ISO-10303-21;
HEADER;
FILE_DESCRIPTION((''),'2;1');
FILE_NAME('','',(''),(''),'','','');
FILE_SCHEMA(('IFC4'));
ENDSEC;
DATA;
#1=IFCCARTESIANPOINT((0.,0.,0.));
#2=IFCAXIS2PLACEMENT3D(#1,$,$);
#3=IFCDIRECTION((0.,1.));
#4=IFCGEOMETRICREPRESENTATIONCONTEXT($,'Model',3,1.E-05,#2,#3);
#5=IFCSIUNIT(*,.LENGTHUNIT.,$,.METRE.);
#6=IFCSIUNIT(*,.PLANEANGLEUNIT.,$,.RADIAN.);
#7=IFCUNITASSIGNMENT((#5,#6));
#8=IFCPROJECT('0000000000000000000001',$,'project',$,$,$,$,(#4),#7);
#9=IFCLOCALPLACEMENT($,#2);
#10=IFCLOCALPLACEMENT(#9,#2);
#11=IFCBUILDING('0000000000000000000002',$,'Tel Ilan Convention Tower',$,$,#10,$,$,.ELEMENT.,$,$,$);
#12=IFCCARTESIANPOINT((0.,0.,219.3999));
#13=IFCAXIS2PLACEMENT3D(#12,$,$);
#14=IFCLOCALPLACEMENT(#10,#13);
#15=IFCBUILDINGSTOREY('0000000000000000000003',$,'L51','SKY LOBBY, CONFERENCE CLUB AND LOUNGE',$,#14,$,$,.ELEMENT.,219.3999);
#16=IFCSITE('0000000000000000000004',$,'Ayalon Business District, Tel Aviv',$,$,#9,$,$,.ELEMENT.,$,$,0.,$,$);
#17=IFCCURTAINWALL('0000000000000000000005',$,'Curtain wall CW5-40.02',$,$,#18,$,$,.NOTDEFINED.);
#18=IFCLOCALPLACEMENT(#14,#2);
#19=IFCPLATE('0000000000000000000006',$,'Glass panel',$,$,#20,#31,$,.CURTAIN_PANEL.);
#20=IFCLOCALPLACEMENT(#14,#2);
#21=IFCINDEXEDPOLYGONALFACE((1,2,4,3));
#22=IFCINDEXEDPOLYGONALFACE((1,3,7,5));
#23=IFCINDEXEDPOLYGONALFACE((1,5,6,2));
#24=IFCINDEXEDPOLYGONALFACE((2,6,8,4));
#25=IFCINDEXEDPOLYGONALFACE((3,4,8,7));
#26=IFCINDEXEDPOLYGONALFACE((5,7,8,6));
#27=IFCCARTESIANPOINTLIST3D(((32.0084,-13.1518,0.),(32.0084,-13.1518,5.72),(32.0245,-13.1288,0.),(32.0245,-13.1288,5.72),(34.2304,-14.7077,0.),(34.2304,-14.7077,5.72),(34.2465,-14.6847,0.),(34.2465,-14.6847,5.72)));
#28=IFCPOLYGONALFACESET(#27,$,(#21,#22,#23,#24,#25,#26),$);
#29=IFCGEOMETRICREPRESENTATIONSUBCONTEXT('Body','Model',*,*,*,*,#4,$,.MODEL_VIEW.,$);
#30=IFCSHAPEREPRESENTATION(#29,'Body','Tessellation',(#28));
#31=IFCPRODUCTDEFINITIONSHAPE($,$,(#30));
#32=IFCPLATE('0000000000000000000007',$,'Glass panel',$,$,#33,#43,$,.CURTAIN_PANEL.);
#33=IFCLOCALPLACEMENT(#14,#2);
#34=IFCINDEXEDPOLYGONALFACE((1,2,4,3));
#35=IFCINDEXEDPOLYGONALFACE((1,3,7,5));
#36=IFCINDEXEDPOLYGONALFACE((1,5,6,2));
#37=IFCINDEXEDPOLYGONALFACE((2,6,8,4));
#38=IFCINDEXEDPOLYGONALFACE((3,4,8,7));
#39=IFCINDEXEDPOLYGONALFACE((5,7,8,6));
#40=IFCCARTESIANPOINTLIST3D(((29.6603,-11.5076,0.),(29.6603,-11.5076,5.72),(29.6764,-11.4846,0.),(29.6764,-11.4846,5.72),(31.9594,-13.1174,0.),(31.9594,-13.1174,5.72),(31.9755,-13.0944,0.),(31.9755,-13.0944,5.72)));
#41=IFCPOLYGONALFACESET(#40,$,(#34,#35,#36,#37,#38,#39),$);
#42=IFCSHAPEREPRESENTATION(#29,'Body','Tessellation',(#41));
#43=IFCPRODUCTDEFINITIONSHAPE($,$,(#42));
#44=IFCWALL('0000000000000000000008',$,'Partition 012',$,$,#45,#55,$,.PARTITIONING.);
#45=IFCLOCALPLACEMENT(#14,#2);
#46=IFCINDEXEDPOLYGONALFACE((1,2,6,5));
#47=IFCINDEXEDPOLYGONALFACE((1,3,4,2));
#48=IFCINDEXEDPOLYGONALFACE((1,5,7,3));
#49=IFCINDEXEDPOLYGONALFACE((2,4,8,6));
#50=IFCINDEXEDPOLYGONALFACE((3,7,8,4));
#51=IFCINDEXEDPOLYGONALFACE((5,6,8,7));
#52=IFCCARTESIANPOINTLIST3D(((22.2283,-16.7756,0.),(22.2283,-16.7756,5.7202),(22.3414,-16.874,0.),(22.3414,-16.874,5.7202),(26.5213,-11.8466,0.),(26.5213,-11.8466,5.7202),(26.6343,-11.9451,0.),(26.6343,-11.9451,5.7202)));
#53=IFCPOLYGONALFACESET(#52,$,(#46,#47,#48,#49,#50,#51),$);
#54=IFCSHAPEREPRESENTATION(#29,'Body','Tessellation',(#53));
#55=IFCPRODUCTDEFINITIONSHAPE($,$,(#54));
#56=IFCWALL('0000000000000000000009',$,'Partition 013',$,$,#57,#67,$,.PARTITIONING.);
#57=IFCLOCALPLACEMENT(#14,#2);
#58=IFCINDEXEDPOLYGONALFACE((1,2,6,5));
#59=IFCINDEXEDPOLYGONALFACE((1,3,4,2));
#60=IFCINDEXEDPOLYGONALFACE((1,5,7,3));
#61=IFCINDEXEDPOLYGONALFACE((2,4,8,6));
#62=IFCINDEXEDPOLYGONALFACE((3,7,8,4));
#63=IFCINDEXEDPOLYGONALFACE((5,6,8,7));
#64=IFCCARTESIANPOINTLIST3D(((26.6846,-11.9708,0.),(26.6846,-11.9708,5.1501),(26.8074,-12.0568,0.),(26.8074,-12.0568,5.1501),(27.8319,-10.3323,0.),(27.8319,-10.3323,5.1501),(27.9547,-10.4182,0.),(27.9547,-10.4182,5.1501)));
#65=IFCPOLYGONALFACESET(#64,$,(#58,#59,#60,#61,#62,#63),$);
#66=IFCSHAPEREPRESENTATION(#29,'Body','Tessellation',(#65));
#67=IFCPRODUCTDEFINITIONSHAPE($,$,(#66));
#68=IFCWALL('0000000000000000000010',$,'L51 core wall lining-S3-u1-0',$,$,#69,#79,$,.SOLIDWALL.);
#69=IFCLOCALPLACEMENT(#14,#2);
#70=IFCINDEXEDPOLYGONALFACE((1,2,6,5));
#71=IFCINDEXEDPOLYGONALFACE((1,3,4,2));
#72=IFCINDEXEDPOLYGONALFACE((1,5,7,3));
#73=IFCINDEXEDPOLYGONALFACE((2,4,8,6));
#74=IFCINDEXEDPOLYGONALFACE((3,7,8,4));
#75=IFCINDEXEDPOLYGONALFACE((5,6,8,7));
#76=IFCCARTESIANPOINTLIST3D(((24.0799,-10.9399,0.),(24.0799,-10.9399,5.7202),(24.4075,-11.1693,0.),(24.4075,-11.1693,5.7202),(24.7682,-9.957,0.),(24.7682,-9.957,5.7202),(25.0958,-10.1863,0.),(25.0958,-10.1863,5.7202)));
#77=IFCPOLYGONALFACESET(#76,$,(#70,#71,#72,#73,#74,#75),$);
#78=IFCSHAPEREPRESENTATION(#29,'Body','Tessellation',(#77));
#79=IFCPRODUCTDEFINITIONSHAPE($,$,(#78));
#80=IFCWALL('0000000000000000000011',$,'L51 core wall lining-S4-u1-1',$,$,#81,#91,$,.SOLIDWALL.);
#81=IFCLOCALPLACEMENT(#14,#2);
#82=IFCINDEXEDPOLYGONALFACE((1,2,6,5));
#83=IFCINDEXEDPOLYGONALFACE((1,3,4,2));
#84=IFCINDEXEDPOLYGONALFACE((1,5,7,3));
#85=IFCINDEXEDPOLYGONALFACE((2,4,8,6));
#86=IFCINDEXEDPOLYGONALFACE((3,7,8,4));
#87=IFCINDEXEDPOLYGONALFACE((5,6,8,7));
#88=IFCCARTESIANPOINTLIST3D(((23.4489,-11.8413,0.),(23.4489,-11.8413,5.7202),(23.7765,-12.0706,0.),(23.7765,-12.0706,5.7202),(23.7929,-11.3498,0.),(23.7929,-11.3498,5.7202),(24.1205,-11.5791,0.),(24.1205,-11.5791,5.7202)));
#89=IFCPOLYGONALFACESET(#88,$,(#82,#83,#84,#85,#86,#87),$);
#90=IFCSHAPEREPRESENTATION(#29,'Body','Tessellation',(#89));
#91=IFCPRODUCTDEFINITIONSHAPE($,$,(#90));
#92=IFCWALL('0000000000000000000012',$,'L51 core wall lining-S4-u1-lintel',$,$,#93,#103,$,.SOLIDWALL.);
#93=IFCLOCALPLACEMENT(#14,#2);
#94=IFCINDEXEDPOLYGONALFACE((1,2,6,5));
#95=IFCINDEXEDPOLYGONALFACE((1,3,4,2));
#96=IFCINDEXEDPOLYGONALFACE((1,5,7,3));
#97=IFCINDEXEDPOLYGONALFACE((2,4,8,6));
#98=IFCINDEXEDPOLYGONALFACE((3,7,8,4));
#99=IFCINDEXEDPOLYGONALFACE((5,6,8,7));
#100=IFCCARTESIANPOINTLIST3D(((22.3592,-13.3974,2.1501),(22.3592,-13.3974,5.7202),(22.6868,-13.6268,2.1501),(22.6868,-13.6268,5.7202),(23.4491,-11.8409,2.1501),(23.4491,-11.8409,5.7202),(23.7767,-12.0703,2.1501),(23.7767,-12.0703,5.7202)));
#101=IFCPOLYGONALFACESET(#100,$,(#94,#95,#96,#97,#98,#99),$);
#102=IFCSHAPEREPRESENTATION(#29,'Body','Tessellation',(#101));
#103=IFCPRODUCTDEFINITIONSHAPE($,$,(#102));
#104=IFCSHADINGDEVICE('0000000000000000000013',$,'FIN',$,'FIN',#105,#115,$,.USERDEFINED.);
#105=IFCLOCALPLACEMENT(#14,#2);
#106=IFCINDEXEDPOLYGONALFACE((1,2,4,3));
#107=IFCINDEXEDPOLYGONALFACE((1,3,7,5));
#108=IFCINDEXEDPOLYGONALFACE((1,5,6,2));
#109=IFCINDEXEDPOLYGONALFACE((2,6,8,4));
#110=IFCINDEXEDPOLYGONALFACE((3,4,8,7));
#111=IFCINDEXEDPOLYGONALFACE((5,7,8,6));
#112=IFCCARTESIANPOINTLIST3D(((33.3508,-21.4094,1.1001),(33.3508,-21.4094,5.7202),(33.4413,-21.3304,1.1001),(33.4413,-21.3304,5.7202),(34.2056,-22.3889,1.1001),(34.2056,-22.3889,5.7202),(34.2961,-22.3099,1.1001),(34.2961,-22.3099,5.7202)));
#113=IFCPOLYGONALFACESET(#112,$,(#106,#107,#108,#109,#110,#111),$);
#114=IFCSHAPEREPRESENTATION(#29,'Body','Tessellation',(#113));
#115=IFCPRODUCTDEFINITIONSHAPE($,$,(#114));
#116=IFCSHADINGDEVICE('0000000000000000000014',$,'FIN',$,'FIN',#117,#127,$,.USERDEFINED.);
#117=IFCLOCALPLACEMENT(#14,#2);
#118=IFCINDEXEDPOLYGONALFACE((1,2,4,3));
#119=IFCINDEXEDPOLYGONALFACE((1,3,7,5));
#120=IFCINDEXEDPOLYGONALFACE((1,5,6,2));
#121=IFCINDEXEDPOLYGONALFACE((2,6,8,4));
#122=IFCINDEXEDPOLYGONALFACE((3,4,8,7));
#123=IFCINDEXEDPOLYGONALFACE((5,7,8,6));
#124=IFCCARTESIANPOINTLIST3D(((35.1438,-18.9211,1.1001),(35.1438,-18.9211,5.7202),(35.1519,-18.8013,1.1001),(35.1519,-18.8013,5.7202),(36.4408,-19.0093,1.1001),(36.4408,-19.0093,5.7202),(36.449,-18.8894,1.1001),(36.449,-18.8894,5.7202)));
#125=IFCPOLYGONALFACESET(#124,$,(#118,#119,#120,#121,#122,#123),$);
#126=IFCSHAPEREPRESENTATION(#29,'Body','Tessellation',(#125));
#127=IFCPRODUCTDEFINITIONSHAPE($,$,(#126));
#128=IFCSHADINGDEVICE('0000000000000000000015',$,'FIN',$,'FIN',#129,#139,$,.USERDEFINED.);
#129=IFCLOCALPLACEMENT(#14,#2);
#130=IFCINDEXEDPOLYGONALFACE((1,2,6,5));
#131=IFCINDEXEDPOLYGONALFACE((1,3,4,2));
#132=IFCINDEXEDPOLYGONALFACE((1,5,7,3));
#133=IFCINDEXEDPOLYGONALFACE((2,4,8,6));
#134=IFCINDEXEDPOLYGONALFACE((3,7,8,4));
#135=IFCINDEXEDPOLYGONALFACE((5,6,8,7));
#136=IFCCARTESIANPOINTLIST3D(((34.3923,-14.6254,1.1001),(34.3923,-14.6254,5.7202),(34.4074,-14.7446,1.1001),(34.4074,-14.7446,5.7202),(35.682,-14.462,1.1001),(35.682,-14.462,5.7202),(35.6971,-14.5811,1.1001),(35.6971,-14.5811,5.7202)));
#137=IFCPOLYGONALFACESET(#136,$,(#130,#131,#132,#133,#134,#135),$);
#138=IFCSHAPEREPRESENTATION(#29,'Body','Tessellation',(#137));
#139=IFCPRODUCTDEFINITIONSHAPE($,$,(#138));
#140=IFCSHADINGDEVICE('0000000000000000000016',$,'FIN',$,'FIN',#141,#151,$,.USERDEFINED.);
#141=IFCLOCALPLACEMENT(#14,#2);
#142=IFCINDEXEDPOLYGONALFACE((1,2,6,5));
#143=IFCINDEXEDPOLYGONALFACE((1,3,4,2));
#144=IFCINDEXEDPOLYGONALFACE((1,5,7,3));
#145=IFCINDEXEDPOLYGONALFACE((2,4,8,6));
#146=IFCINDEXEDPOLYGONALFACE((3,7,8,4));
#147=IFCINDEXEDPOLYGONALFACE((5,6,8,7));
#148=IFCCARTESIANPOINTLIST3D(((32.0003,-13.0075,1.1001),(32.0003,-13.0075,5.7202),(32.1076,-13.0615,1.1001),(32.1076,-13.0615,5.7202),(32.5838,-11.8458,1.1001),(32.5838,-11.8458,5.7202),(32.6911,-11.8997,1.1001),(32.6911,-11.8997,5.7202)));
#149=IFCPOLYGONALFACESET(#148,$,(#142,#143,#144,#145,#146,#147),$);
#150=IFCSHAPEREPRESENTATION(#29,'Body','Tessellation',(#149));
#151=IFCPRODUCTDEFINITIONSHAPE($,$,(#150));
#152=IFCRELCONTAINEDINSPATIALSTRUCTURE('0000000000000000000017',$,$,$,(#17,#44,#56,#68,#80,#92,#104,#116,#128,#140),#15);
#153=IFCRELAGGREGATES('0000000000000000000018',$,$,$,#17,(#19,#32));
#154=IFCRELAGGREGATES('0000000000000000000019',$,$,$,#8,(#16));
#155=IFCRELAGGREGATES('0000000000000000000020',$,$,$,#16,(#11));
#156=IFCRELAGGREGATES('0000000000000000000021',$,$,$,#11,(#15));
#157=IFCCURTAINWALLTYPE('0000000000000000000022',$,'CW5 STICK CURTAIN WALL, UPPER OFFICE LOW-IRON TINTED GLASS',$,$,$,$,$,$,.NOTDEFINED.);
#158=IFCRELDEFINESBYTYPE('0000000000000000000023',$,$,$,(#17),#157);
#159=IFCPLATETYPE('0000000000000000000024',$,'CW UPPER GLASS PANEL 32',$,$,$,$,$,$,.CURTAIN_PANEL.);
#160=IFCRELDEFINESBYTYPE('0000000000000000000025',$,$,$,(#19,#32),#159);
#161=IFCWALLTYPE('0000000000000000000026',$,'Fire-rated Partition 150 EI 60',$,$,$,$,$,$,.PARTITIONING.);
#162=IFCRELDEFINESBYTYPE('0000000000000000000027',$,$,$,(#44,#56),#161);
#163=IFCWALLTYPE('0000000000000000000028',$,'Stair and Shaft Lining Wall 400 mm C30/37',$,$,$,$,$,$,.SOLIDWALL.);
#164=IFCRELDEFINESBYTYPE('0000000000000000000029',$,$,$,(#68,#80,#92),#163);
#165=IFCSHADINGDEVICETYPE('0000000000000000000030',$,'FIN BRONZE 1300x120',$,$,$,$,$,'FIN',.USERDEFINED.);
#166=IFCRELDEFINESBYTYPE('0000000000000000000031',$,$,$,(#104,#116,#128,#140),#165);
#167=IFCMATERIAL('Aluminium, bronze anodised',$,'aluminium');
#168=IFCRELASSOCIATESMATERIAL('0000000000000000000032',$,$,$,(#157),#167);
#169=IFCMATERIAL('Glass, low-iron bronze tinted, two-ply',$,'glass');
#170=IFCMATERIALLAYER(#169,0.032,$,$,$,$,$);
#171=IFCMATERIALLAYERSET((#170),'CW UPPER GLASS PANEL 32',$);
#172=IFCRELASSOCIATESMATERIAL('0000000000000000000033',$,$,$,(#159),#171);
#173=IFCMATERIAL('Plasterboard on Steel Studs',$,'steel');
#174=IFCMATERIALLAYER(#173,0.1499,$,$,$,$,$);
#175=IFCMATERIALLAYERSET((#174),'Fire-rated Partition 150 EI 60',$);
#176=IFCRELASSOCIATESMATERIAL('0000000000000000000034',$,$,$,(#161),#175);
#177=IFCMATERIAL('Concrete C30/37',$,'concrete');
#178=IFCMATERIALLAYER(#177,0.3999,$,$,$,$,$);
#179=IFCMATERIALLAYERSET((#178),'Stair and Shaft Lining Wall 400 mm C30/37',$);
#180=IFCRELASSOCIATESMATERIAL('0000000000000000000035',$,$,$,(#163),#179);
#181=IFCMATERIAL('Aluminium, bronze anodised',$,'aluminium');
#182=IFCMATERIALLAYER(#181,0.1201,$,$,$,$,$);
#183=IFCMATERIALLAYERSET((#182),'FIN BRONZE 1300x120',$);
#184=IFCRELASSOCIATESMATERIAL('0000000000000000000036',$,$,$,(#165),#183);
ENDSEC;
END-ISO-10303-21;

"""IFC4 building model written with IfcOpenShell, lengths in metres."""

from ifc_helpers import new_model, si_unit, direction, frame, frame_2d, origin, origin_2d, place, context, subcontext, project, spatial, rectangle, extrude, material, layer, layer_set, type_object, element, aggregate, save


model = new_model("IFC4")

# Units and contexts
model_context = context("Model", 3, precision=1e-05, world=origin(), true_north=direction((0.0, 1.0)))
body_context = subcontext(model_context, "Body", "Model", "MODEL_VIEW")
ifc_project = project(units=[si_unit("LENGTHUNIT", "METRE"), si_unit("PLANEANGLEUNIT", "RADIAN")], contexts=[model_context])

# Site, building, storey
site_placement = place(None, origin())
site = spatial("IfcSite", under=ifc_project, at=site_placement, Name="Ayalon Business District, Tel Aviv", CompositionType="ELEMENT", RefElevation=0.0)
building_placement = place(site_placement, origin())
building = spatial("IfcBuilding", under=site, at=building_placement, Name="Tel Ilan Convention Tower", CompositionType="ELEMENT")
storey_placement = place(building_placement, frame((0.0, 0.0, 219.3999)))
storey = spatial("IfcBuildingStorey", under=building, at=storey_placement, Name="L51", Description="SKY LOBBY, CONFERENCE CLUB AND LOUNGE", CompositionType="ELEMENT", Elevation=219.3999)

# Curtain wall, plates
ifc_material_1 = material(Name="Aluminium, bronze anodised", Category="aluminium")
curtain_wall_type = type_object("IfcCurtainWallType", Name="CW5 STICK CURTAIN WALL, UPPER OFFICE LOW-IRON TINTED GLASS", PredefinedType="NOTDEFINED", material=ifc_material_1)
curtain_wall_placement = place(storey_placement, origin())
curtain_wall = element("IfcCurtainWall", 1, at=curtain_wall_placement, inside=storey, type_object=curtain_wall_type, Name="Curtain wall CW5-40.02", PredefinedType="NOTDEFINED")
ifc_material_2 = material(Name="Glass, low-iron bronze tinted, two-ply", Category="glass")
ifc_layer_1 = layer(ifc_material_2, 0.032)
ifc_layer_set_1 = layer_set([ifc_layer_1], Name="CW UPPER GLASS PANEL 32")
plate_type = type_object("IfcPlateType", Name="CW UPPER GLASS PANEL 32", PredefinedType="CURTAIN_PANEL", material=ifc_layer_set_1)
plate_1_placement = place(storey_placement, frame((33.1274, -13.9182, 0.0), z_axis=(0.0, 0.0, 1.0), x_axis=(-0.819152, 0.573576, 0.0)))
plate_1 = element("IfcPlate", 2, at=plate_1_placement, type_object=plate_type, Name="Glass panel", PredefinedType="CURTAIN_PANEL", context=body_context, shape_type="SweptSolid", body=[
    extrude(rectangle(XDim=2.7126, YDim=0.0281, at=origin_2d()), origin(), (0.0, 0.0, 1.0), 5.72),
])
plate_2_placement = place(storey_placement, frame((30.8179, -12.301, 0.0), z_axis=(0.0, 0.0, 1.0), x_axis=(-0.819152, 0.573576, 0.0)))
plate_2 = element("IfcPlate", 3, at=plate_2_placement, type_object=plate_type, Name="Glass panel", PredefinedType="CURTAIN_PANEL", context=body_context, shape_type="SweptSolid", body=[
    extrude(rectangle(XDim=2.8066, YDim=0.0281, at=origin_2d()), origin(), (0.0, 0.0, 1.0), 5.72),
])
aggregate(curtain_wall, [plate_1, plate_2])

# Walls
ifc_material_3 = material(Name="Plasterboard on Steel Studs", Category="steel")
ifc_layer_2 = layer(ifc_material_3, 0.1499)
ifc_layer_set_2 = layer_set([ifc_layer_2], Name="Fire-rated Partition 150 EI 60")
wall_type_1 = type_object("IfcWallType", Name="Fire-rated Partition 150 EI 60", PredefinedType="PARTITIONING", material=ifc_layer_set_2)
wall_1_placement = place(storey_placement, frame((22.2849, -16.8247, 0.0), z_axis=(0.0, 0.0, 1.0), x_axis=(0.656781, 0.754081, 0.0)))
element("IfcWall", 4, at=wall_1_placement, inside=storey, type_object=wall_type_1, Name="Partition 012", PredefinedType="PARTITIONING", context=body_context, shape_type="SweptSolid", body=[
    extrude(rectangle(XDim=6.5364, YDim=0.1499, at=frame_2d((3.2681, 0.0))), origin(), (0.0, 0.0, 1.0), 5.7202),
])
wall_2_placement = place(storey_placement, frame((26.7461, -12.0137, 0.0), z_axis=(0.0, 0.0, 1.0), x_axis=(0.573569, 0.819157, 0.0)))
element("IfcWall", 5, at=wall_2_placement, inside=storey, type_object=wall_type_1, Name="Partition 013", PredefinedType="PARTITIONING", context=body_context, shape_type="SweptSolid", body=[
    extrude(rectangle(XDim=2.0002, YDim=0.1499, at=frame_2d((1.0, 0.0))), origin(), (0.0, 0.0, 1.0), 5.1501),
])
ifc_material_4 = material(Name="Concrete C30/37", Category="concrete")
ifc_layer_3 = layer(ifc_material_4, 0.3999)
ifc_layer_set_3 = layer_set([ifc_layer_3], Name="Stair and Shaft Lining Wall 400 mm C30/37")
wall_type_2 = type_object("IfcWallType", Name="Stair and Shaft Lining Wall 400 mm C30/37", PredefinedType="SOLIDWALL", material=ifc_layer_set_3)
wall_3_placement = place(storey_placement, frame((24.2437, -11.0547, 0.0), z_axis=(0.0, 0.0, 1.0), x_axis=(0.573572, 0.819155, 0.0)))
element("IfcWall", 6, at=wall_3_placement, inside=storey, type_object=wall_type_2, Name="L51 core wall lining-S3-u1-0", PredefinedType="SOLIDWALL", context=body_context, shape_type="SweptSolid", body=[
    extrude(rectangle(XDim=1.2, YDim=0.3999, at=frame_2d((0.6001, 0.0))), origin(), (0.0, 0.0, 1.0), 5.7202),
])
wall_4_placement = place(storey_placement, frame((23.6128, -11.9558, 0.0), z_axis=(0.0, 0.0, 1.0), x_axis=(0.573435, 0.819251, 0.0)))
element("IfcWall", 7, at=wall_4_placement, inside=storey, type_object=wall_type_2, Name="L51 core wall lining-S4-u1-1", PredefinedType="SOLIDWALL", context=body_context, shape_type="SweptSolid", body=[
    extrude(rectangle(XDim=0.5999, YDim=0.3999, at=frame_2d((0.2998, 0.0))), origin(), (0.0, 0.0, 1.0), 5.7202),
])
wall_5_placement = place(storey_placement, frame((22.5229, -13.5122, 2.1501), z_axis=(0.0, 0.0, 1.0), x_axis=(0.573592, 0.819141, 0.0)))
element("IfcWall", 8, at=wall_5_placement, inside=storey, type_object=wall_type_2, Name="L51 core wall lining-S4-u1-lintel", PredefinedType="SOLIDWALL", context=body_context, shape_type="SweptSolid", body=[
    extrude(rectangle(XDim=1.9001, YDim=0.3999, at=frame_2d((0.9502, 0.0))), origin(), (0.0, 0.0, 1.0), 3.5701),
])

# Shading devices
ifc_material_5 = material(Name="Aluminium, bronze anodised", Category="aluminium")
ifc_layer_4 = layer(ifc_material_5, 0.1201)
ifc_layer_set_4 = layer_set([ifc_layer_4], Name="FIN BRONZE 1300x120")
shading_device_type = type_object("IfcShadingDeviceType", Name="FIN BRONZE 1300x120", ElementType="FIN", PredefinedType="USERDEFINED", material=ifc_layer_set_4)
for number, where, z_axis, x_axis, name in (
    (9, (33.8235, -21.8596, 1.1001), (0.0, 0.0, 1.0), (0.657521, -0.753436, 0.0), "FIN"),
    (10, (35.7964, -18.9053, 1.1001), (0.0, 0.0, 1.0), (0.997697, -0.067822, 0.0), "FIN"),
    (11, (35.0447, -14.6033, 1.1001), (0.0, 0.0, 1.0), (0.992066, 0.125718, 0.0), "FIN"),
    (12, (32.3457, -12.4536, 1.1001), (0.0, 0.0, 1.0), (0.448799, 0.893633, 0.0), "FIN"),
):
    element("IfcShadingDevice", number, at=place(storey_placement, frame(where, z_axis=z_axis, x_axis=x_axis)), inside=storey, type_object=shading_device_type, Name=name, ObjectType="FIN", PredefinedType="USERDEFINED", context=body_context, shape_type="SweptSolid", body=[
        extrude(rectangle(XDim=1.3, YDim=0.1201, at=origin_2d()), origin(), (0.0, 0.0, 1.0), 4.6201),
    ])

save(model, "model.ifc")
